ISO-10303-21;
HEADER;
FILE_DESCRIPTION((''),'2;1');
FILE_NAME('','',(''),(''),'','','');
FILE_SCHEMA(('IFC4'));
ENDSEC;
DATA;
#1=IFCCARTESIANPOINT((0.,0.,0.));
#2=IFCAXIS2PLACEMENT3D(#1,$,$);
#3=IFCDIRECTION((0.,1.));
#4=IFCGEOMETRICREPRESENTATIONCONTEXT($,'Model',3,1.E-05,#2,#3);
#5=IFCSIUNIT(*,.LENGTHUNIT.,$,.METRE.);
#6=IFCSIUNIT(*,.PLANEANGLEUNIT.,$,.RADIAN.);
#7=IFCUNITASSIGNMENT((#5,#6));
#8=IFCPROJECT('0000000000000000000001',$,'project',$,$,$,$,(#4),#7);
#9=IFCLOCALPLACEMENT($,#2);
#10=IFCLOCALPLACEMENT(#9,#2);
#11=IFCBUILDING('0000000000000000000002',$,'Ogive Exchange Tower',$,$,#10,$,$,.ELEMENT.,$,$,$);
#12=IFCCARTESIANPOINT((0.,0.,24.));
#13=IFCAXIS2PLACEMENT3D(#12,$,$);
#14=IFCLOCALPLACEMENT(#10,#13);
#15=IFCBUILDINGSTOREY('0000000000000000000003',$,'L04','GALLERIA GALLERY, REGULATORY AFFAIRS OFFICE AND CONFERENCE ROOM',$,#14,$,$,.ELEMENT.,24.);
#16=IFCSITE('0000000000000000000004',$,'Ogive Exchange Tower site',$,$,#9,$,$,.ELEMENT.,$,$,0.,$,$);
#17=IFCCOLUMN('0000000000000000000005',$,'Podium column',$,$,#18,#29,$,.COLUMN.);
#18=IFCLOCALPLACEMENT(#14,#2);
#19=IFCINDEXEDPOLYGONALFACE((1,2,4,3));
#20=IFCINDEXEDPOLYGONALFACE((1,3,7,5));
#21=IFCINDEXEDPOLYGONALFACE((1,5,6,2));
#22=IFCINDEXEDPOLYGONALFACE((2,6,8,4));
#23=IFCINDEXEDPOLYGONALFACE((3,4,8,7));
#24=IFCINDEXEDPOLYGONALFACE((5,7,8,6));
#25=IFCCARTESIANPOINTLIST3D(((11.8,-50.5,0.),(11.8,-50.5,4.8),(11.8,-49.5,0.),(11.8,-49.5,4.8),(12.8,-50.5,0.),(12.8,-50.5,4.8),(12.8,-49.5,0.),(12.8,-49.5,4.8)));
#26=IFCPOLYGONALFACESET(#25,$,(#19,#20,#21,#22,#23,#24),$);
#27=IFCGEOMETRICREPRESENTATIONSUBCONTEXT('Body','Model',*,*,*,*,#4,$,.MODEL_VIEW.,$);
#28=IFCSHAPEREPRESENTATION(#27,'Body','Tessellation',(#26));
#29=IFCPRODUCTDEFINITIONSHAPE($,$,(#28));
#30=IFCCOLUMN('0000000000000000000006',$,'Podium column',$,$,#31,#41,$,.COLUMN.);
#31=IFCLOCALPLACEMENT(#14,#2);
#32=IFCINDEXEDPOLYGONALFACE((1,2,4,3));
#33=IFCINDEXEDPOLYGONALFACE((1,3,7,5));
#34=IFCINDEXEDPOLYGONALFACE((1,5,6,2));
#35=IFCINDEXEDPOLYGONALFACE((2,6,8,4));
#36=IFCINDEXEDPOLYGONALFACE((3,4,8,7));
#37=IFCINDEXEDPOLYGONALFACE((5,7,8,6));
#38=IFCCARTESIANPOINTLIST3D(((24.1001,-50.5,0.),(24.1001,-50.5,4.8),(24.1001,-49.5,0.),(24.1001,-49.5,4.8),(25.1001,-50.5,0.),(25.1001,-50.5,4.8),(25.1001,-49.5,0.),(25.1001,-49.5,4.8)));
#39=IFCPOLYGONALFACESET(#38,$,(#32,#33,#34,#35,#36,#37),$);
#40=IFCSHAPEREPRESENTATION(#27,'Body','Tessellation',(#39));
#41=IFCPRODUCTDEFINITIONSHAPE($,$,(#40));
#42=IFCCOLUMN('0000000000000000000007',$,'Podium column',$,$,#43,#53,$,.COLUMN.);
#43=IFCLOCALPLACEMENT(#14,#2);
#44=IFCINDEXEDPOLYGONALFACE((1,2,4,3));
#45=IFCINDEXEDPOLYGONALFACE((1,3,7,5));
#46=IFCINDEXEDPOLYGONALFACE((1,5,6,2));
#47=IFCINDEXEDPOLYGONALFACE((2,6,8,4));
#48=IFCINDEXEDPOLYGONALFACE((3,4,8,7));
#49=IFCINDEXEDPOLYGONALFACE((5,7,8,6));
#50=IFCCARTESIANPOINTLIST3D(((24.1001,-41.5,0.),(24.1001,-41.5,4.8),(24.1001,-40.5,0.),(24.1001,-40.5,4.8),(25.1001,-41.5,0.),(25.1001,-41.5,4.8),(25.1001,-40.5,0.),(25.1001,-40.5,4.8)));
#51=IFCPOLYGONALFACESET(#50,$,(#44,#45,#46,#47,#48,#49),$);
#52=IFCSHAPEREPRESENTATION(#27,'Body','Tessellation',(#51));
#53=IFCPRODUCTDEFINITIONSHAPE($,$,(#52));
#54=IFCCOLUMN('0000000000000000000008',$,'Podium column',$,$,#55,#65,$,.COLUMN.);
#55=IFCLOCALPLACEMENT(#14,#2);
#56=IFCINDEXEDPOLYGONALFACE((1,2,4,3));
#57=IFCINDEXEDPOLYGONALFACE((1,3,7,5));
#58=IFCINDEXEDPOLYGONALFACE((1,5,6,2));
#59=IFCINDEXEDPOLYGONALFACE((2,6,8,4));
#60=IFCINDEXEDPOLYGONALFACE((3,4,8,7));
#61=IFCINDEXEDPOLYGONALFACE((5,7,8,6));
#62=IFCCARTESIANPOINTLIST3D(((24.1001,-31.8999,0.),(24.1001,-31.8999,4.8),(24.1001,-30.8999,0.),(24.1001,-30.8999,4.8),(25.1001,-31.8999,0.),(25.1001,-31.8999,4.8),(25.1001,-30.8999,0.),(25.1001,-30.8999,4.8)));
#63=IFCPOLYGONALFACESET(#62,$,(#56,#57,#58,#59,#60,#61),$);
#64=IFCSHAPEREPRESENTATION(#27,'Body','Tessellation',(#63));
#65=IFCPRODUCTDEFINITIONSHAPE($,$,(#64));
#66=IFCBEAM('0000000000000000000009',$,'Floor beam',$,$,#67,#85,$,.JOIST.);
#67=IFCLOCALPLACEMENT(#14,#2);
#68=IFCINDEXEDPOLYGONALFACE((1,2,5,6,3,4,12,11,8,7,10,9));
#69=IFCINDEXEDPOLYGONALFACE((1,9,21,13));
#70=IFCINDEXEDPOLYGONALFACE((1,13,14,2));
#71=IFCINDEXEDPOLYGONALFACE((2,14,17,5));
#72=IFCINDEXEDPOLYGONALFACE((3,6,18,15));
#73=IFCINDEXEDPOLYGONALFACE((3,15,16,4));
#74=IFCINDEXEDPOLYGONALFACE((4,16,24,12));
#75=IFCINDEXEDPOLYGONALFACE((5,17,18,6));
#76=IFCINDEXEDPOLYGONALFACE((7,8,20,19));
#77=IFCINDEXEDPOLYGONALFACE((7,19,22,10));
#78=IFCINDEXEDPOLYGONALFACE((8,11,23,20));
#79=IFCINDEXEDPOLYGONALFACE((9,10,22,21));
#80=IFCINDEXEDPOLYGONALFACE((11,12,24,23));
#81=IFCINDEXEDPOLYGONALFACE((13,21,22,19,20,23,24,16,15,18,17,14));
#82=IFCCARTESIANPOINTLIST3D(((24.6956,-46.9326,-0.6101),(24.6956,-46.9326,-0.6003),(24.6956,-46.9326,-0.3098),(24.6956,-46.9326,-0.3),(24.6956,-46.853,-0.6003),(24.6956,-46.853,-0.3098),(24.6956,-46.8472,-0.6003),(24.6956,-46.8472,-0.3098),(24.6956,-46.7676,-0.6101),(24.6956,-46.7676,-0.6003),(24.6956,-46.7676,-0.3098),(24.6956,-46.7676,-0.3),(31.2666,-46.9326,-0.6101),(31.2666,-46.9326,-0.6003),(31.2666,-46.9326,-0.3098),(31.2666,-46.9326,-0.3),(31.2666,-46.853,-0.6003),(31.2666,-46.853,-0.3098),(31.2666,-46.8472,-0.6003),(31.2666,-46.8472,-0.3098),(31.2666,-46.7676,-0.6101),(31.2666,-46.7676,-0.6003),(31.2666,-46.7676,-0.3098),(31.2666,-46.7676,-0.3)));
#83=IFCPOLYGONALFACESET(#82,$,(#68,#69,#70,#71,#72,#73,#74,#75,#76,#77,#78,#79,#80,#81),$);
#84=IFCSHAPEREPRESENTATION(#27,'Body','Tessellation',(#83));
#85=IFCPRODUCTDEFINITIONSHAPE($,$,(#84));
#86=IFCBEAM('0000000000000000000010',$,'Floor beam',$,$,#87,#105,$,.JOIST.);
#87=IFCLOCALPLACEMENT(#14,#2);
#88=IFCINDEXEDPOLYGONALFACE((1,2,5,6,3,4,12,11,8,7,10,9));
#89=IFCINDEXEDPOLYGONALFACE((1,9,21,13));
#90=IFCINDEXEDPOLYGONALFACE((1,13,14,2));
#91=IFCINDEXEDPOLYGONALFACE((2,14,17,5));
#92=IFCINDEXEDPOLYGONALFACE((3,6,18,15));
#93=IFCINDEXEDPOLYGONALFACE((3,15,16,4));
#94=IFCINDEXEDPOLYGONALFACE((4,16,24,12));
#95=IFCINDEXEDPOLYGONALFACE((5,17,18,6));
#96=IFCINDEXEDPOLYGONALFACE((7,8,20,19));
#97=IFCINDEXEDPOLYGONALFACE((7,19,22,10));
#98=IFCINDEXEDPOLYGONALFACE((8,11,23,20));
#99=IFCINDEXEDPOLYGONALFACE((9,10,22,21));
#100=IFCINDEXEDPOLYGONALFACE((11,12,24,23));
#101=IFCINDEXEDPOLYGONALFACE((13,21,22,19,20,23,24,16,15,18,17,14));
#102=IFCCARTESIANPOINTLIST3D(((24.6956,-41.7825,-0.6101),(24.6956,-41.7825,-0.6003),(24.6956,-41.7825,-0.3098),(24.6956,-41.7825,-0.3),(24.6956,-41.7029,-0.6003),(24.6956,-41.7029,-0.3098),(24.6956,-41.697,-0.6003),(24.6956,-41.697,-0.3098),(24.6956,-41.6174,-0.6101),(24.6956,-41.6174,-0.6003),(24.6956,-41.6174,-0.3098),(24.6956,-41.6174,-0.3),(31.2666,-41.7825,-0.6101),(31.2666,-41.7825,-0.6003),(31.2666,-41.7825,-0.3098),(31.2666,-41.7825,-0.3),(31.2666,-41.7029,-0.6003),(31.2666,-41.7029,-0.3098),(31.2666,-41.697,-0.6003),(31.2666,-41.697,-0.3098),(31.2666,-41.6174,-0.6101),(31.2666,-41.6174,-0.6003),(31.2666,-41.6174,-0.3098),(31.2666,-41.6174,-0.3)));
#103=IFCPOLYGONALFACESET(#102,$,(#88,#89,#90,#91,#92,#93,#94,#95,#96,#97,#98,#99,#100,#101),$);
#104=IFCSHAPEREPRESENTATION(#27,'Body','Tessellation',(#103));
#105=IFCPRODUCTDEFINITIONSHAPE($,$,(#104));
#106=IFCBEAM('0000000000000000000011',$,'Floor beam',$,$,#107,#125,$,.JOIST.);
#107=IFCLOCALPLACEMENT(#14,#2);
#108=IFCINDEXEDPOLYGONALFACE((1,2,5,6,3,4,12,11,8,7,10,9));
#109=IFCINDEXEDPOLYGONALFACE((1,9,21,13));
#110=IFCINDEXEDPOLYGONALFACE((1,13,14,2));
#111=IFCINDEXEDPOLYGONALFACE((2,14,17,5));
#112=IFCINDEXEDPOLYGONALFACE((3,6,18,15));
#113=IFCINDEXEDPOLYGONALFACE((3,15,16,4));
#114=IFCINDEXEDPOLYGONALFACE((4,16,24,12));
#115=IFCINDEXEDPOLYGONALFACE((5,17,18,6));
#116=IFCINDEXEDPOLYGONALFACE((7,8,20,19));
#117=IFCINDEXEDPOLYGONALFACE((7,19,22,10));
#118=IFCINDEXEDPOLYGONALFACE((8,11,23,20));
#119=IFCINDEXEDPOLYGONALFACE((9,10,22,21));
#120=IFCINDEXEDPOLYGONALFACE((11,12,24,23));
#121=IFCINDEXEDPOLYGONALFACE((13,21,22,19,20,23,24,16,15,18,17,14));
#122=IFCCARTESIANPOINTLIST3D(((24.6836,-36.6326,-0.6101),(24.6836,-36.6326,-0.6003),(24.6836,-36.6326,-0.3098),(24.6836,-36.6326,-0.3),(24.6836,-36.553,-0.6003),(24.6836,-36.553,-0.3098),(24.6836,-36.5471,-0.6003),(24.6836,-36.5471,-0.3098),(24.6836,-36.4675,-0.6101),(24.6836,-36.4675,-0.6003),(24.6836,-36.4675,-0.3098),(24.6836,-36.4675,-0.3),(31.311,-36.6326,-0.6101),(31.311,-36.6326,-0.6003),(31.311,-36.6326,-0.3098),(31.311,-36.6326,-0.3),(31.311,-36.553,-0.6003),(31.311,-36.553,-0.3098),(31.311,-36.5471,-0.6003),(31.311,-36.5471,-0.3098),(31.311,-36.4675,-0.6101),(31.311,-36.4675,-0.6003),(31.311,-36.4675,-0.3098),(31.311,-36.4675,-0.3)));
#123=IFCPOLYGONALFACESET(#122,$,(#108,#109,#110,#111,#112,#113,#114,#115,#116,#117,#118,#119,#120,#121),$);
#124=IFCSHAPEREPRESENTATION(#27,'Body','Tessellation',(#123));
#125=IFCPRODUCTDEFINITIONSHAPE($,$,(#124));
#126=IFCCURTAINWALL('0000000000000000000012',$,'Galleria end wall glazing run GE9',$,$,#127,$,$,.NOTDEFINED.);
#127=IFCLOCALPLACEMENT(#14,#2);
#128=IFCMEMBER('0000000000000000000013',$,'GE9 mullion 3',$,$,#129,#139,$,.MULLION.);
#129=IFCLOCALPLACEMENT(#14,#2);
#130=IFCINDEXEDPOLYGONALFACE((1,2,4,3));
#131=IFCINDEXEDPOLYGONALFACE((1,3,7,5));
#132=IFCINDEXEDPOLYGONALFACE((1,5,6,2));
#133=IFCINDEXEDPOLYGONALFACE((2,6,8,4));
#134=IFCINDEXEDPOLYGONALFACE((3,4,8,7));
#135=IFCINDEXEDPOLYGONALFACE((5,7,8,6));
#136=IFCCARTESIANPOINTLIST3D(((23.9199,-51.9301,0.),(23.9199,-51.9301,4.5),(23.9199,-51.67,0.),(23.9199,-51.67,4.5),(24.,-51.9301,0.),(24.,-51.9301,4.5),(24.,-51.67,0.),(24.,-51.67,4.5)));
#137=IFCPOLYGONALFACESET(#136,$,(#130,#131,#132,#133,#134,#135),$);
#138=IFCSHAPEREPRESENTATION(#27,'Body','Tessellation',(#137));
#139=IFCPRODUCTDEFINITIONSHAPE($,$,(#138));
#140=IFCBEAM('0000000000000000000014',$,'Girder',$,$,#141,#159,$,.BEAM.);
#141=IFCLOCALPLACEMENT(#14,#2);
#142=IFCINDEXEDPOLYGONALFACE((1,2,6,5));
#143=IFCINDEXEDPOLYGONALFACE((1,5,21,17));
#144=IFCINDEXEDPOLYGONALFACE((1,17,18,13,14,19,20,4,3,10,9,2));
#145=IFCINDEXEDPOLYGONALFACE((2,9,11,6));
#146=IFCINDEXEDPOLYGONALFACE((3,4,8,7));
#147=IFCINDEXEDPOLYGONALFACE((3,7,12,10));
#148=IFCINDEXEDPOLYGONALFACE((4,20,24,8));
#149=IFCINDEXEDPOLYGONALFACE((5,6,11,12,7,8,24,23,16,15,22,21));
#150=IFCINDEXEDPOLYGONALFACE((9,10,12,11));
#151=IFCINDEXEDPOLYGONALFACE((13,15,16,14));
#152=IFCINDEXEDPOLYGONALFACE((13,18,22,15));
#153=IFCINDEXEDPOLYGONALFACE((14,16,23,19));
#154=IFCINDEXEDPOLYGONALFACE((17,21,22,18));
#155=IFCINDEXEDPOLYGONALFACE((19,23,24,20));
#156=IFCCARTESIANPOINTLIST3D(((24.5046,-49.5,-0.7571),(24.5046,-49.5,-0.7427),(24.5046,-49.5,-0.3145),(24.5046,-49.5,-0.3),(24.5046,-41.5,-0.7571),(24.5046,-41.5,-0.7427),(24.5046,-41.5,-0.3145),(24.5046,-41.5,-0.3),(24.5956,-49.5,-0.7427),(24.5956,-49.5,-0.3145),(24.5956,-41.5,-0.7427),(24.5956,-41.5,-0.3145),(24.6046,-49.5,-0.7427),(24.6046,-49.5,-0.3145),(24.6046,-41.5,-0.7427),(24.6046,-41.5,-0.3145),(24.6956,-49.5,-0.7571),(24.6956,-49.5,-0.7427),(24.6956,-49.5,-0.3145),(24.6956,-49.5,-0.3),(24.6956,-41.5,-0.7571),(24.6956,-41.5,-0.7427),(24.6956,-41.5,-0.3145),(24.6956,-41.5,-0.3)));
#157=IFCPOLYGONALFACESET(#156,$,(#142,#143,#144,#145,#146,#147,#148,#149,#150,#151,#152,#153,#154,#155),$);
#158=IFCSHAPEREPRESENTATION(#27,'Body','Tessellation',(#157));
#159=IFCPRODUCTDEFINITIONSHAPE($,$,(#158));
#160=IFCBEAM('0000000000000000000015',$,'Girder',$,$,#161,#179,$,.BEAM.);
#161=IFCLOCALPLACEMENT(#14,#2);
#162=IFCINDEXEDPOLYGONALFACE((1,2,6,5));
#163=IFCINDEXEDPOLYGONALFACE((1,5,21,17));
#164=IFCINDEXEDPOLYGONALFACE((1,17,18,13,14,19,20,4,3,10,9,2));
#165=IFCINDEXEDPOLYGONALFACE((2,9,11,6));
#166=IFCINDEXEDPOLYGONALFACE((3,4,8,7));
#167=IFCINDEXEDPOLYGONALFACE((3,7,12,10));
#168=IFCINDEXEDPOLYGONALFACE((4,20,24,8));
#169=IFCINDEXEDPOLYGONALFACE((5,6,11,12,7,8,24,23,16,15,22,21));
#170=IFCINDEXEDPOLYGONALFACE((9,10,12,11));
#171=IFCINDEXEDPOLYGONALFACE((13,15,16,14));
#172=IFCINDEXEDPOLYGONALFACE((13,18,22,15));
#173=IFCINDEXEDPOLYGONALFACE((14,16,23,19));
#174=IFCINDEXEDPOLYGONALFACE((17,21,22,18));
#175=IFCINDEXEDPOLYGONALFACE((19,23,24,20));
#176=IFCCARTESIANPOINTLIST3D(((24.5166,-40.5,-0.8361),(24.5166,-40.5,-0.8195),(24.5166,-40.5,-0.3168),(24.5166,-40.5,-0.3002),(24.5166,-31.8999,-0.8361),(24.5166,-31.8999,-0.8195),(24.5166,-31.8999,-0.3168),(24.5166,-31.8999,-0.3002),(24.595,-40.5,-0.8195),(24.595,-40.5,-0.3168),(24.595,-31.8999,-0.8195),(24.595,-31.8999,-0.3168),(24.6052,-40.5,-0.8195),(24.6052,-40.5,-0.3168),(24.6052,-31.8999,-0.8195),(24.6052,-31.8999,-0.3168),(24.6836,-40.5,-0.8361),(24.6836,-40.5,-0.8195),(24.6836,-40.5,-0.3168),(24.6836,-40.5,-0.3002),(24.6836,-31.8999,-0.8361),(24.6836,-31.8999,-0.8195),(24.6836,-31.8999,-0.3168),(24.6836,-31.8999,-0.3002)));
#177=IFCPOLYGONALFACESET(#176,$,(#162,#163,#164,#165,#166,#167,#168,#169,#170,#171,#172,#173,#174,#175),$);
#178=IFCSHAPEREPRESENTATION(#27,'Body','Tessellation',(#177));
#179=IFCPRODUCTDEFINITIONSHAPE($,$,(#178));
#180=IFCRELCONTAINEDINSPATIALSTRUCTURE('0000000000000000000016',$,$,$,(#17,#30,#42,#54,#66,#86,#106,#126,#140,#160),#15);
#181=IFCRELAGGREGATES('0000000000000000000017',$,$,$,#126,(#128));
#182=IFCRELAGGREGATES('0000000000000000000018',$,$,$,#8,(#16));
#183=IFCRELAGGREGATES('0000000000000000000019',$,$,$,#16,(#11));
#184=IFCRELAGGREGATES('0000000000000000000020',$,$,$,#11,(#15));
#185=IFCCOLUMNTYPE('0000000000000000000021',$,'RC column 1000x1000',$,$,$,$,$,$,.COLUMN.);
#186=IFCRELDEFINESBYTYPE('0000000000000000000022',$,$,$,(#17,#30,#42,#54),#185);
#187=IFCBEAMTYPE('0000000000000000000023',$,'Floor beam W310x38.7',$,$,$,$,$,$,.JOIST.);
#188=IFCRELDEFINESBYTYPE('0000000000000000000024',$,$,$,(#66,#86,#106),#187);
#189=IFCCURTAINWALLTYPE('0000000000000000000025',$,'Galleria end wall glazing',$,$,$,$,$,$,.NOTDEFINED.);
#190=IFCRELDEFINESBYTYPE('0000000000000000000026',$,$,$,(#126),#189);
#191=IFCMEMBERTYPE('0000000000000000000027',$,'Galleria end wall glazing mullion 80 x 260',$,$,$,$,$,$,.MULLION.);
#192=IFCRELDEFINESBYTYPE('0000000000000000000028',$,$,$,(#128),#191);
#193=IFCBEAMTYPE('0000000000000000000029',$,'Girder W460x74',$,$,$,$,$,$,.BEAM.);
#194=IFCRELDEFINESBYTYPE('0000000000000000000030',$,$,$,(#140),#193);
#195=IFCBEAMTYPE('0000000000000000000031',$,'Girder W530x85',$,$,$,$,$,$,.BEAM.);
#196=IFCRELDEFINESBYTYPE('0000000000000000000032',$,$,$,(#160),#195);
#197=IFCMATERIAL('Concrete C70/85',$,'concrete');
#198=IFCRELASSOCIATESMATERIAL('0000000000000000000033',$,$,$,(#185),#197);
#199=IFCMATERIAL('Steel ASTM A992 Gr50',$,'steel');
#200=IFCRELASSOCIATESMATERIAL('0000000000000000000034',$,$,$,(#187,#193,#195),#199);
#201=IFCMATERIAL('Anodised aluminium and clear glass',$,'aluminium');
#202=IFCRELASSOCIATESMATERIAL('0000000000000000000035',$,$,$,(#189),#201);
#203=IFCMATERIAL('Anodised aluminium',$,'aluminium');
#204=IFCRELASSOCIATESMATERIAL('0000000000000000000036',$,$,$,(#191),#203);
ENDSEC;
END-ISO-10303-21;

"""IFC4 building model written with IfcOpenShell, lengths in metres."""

from ifc_helpers import new_model, si_unit, direction, frame, origin, origin_2d, place, context, subcontext, project, spatial, rectangle, i_section, extrude, material, material_profile, profile_set, type_object, element, aggregate, save


model = new_model("IFC4")

# Units and contexts
model_context = context("Model", 3, precision=1e-05, world=origin(), true_north=direction((0.0, 1.0)))
body_context = subcontext(model_context, "Body", "Model", "MODEL_VIEW")
ifc_project = project(units=[si_unit("LENGTHUNIT", "METRE"), si_unit("PLANEANGLEUNIT", "RADIAN")], contexts=[model_context])

# Site, building, storey
site_placement = place(None, origin())
site = spatial("IfcSite", under=ifc_project, at=site_placement, Name="Ogive Exchange Tower site", CompositionType="ELEMENT", RefElevation=0.0)
building_placement = place(site_placement, origin())
building = spatial("IfcBuilding", under=site, at=building_placement, Name="Ogive Exchange Tower", CompositionType="ELEMENT")
storey_placement = place(building_placement, frame((0.0, 0.0, 24.0)))
storey = spatial("IfcBuildingStorey", under=building, at=storey_placement, Name="L04", Description="GALLERIA GALLERY, REGULATORY AFFAIRS OFFICE AND CONFERENCE ROOM", CompositionType="ELEMENT", Elevation=24.0)

# Columns
ifc_material_1 = material(Name="Concrete C70/85", Category="concrete")
ifc_material_profile_1 = material_profile(ifc_material_1, rectangle(XDim=1.0, YDim=1.0, at=origin_2d()), Name="RC 1000x1000")
ifc_profile_set_1 = profile_set([ifc_material_profile_1], Name="Concrete C70/85")
column_type = type_object("IfcColumnType", Name="RC column 1000x1000", PredefinedType="COLUMN", material=ifc_profile_set_1)
for number, where, z_axis, x_axis, name in (
    (1, (12.3, -50.0, 0.0), (0.0, 0.0, 1.0), (1.0, 0.0, 0.0), "Podium column"),
    (2, (24.6001, -50.0, 0.0), (0.0, 0.0, 1.0), (1.0, 0.0, 0.0), "Podium column"),
    (3, (24.6001, -41.0, 0.0), (0.0, 0.0, 1.0), (1.0, 0.0, 0.0), "Podium column"),
    (4, (24.6001, -31.3999, 0.0), (0.0, 0.0, 1.0), (1.0, 0.0, 0.0), "Podium column"),
):
    element("IfcColumn", number, at=place(storey_placement, frame(where, z_axis=z_axis, x_axis=x_axis)), inside=storey, type_object=column_type, Name=name, PredefinedType="COLUMN", context=body_context, shape_type="SweptSolid", body=[
        extrude(rectangle(XDim=1.0, YDim=1.0, at=origin_2d()), origin(), (0.0, 0.0, 1.0), 4.8),
    ])

# Beams
ifc_material_2 = material(Name="Steel ASTM A992 Gr50", Category="steel")
ifc_material_profile_2 = material_profile(ifc_material_2, i_section(OverallWidth=0.165, OverallDepth=0.3101, WebThickness=0.0059, FlangeThickness=0.0098, at=origin_2d()), Name="W310x38.7")
ifc_profile_set_2 = profile_set([ifc_material_profile_2], Name="Steel ASTM A992 Gr50")
beam_type_1 = type_object("IfcBeamType", Name="Floor beam W310x38.7", PredefinedType="JOIST", material=ifc_profile_set_2)
for number, where, z_axis, x_axis, name in (
    (5, (24.6956, -46.8501, -0.4551), (1.0, 0.0, 0.0), (0.0, 1.0, 0.0), "Floor beam"),
    (6, (24.6956, -41.7, -0.4551), (1.0, 0.0, 0.0), (0.0, 1.0, 0.0), "Floor beam"),
):
    element("IfcBeam", number, at=place(storey_placement, frame(where, z_axis=z_axis, x_axis=x_axis)), inside=storey, type_object=beam_type_1, Name=name, PredefinedType="JOIST", context=body_context, shape_type="SweptSolid", body=[
        extrude(i_section(OverallWidth=0.165, OverallDepth=0.3101, WebThickness=0.0059, FlangeThickness=0.0098, at=origin_2d()), origin(), (0.0, 0.0, 1.0), 6.571),
    ])
beam_1_placement = place(storey_placement, frame((24.6836, -36.55, -0.4551), z_axis=(1.0, 0.0, 0.0), x_axis=(0.0, 1.0, 0.0)))
element("IfcBeam", 7, at=beam_1_placement, inside=storey, type_object=beam_type_1, Name="Floor beam", PredefinedType="JOIST", context=body_context, shape_type="SweptSolid", body=[
    extrude(i_section(OverallWidth=0.165, OverallDepth=0.3101, WebThickness=0.0059, FlangeThickness=0.0098, at=origin_2d()), origin(), (0.0, 0.0, 1.0), 6.6274),
])

# Curtain wall, member
ifc_material_3 = material(Name="Anodised aluminium and clear glass", Category="aluminium")
curtain_wall_type = type_object("IfcCurtainWallType", Name="Galleria end wall glazing", PredefinedType="NOTDEFINED", material=ifc_material_3)
curtain_wall_placement = place(storey_placement, origin())
curtain_wall = element("IfcCurtainWall", 8, at=curtain_wall_placement, inside=storey, type_object=curtain_wall_type, Name="Galleria end wall glazing run GE9", PredefinedType="NOTDEFINED")
ifc_material_4 = material(Name="Anodised aluminium", Category="aluminium")
ifc_material_profile_3 = material_profile(ifc_material_4, rectangle(XDim=0.26, YDim=0.0801, at=origin_2d()), Name="AL 80x260")
ifc_profile_set_3 = profile_set([ifc_material_profile_3], Name="Anodised aluminium")
member_type = type_object("IfcMemberType", Name="Galleria end wall glazing mullion 80 x 260", PredefinedType="MULLION", material=ifc_profile_set_3)
member_placement = place(storey_placement, frame((23.96, -51.8, 0.0), z_axis=(0.0, 0.0, 1.0), x_axis=(0.0, 1.0, 0.0)))
member = element("IfcMember", 9, at=member_placement, type_object=member_type, Name="GE9 mullion 3", PredefinedType="MULLION", context=body_context, shape_type="SweptSolid", body=[
    extrude(rectangle(XDim=0.26, YDim=0.0801, at=origin_2d()), origin(), (0.0, 0.0, 1.0), 4.5),
])

# Beams
ifc_material_profile_4 = material_profile(ifc_material_2, i_section(OverallWidth=0.1909, OverallDepth=0.457, WebThickness=0.009, FlangeThickness=0.0144, at=origin_2d()), Name="W460x74")
ifc_profile_set_4 = profile_set([ifc_material_profile_4], Name="Steel ASTM A992 Gr50")
beam_type_2 = type_object("IfcBeamType", Name="Girder W460x74", PredefinedType="BEAM", material=ifc_profile_set_4)
beam_2_placement = place(storey_placement, frame((24.6001, -49.5, -0.5286), z_axis=(0.0, 1.0, 0.0), x_axis=(-1.0, 0.0, 0.0)))
element("IfcBeam", 10, at=beam_2_placement, inside=storey, type_object=beam_type_2, Name="Girder", PredefinedType="BEAM", context=body_context, shape_type="SweptSolid", body=[
    extrude(i_section(OverallWidth=0.1909, OverallDepth=0.457, WebThickness=0.009, FlangeThickness=0.0144, at=origin_2d()), origin(), (0.0, 0.0, 1.0), 8.0),
])
ifc_material_profile_5 = material_profile(ifc_material_2, i_section(OverallWidth=0.167, OverallDepth=0.5359, WebThickness=0.0103, FlangeThickness=0.0166, at=origin_2d()), Name="W530x85")
ifc_profile_set_5 = profile_set([ifc_material_profile_5], Name="Steel ASTM A992 Gr50")
beam_type_3 = type_object("IfcBeamType", Name="Girder W530x85", PredefinedType="BEAM", material=ifc_profile_set_5)
beam_3_placement = place(storey_placement, frame((24.6001, -40.5, -0.5681), z_axis=(0.0, 1.0, 0.0), x_axis=(-1.0, 0.0, 0.0)))
element("IfcBeam", 11, at=beam_3_placement, inside=storey, type_object=beam_type_3, Name="Girder", PredefinedType="BEAM", context=body_context, shape_type="SweptSolid", body=[
    extrude(i_section(OverallWidth=0.167, OverallDepth=0.5359, WebThickness=0.0103, FlangeThickness=0.0166, at=origin_2d()), origin(), (0.0, 0.0, 1.0), 8.6001),
])

aggregate(curtain_wall, [member])

save(model, "model.ifc")
